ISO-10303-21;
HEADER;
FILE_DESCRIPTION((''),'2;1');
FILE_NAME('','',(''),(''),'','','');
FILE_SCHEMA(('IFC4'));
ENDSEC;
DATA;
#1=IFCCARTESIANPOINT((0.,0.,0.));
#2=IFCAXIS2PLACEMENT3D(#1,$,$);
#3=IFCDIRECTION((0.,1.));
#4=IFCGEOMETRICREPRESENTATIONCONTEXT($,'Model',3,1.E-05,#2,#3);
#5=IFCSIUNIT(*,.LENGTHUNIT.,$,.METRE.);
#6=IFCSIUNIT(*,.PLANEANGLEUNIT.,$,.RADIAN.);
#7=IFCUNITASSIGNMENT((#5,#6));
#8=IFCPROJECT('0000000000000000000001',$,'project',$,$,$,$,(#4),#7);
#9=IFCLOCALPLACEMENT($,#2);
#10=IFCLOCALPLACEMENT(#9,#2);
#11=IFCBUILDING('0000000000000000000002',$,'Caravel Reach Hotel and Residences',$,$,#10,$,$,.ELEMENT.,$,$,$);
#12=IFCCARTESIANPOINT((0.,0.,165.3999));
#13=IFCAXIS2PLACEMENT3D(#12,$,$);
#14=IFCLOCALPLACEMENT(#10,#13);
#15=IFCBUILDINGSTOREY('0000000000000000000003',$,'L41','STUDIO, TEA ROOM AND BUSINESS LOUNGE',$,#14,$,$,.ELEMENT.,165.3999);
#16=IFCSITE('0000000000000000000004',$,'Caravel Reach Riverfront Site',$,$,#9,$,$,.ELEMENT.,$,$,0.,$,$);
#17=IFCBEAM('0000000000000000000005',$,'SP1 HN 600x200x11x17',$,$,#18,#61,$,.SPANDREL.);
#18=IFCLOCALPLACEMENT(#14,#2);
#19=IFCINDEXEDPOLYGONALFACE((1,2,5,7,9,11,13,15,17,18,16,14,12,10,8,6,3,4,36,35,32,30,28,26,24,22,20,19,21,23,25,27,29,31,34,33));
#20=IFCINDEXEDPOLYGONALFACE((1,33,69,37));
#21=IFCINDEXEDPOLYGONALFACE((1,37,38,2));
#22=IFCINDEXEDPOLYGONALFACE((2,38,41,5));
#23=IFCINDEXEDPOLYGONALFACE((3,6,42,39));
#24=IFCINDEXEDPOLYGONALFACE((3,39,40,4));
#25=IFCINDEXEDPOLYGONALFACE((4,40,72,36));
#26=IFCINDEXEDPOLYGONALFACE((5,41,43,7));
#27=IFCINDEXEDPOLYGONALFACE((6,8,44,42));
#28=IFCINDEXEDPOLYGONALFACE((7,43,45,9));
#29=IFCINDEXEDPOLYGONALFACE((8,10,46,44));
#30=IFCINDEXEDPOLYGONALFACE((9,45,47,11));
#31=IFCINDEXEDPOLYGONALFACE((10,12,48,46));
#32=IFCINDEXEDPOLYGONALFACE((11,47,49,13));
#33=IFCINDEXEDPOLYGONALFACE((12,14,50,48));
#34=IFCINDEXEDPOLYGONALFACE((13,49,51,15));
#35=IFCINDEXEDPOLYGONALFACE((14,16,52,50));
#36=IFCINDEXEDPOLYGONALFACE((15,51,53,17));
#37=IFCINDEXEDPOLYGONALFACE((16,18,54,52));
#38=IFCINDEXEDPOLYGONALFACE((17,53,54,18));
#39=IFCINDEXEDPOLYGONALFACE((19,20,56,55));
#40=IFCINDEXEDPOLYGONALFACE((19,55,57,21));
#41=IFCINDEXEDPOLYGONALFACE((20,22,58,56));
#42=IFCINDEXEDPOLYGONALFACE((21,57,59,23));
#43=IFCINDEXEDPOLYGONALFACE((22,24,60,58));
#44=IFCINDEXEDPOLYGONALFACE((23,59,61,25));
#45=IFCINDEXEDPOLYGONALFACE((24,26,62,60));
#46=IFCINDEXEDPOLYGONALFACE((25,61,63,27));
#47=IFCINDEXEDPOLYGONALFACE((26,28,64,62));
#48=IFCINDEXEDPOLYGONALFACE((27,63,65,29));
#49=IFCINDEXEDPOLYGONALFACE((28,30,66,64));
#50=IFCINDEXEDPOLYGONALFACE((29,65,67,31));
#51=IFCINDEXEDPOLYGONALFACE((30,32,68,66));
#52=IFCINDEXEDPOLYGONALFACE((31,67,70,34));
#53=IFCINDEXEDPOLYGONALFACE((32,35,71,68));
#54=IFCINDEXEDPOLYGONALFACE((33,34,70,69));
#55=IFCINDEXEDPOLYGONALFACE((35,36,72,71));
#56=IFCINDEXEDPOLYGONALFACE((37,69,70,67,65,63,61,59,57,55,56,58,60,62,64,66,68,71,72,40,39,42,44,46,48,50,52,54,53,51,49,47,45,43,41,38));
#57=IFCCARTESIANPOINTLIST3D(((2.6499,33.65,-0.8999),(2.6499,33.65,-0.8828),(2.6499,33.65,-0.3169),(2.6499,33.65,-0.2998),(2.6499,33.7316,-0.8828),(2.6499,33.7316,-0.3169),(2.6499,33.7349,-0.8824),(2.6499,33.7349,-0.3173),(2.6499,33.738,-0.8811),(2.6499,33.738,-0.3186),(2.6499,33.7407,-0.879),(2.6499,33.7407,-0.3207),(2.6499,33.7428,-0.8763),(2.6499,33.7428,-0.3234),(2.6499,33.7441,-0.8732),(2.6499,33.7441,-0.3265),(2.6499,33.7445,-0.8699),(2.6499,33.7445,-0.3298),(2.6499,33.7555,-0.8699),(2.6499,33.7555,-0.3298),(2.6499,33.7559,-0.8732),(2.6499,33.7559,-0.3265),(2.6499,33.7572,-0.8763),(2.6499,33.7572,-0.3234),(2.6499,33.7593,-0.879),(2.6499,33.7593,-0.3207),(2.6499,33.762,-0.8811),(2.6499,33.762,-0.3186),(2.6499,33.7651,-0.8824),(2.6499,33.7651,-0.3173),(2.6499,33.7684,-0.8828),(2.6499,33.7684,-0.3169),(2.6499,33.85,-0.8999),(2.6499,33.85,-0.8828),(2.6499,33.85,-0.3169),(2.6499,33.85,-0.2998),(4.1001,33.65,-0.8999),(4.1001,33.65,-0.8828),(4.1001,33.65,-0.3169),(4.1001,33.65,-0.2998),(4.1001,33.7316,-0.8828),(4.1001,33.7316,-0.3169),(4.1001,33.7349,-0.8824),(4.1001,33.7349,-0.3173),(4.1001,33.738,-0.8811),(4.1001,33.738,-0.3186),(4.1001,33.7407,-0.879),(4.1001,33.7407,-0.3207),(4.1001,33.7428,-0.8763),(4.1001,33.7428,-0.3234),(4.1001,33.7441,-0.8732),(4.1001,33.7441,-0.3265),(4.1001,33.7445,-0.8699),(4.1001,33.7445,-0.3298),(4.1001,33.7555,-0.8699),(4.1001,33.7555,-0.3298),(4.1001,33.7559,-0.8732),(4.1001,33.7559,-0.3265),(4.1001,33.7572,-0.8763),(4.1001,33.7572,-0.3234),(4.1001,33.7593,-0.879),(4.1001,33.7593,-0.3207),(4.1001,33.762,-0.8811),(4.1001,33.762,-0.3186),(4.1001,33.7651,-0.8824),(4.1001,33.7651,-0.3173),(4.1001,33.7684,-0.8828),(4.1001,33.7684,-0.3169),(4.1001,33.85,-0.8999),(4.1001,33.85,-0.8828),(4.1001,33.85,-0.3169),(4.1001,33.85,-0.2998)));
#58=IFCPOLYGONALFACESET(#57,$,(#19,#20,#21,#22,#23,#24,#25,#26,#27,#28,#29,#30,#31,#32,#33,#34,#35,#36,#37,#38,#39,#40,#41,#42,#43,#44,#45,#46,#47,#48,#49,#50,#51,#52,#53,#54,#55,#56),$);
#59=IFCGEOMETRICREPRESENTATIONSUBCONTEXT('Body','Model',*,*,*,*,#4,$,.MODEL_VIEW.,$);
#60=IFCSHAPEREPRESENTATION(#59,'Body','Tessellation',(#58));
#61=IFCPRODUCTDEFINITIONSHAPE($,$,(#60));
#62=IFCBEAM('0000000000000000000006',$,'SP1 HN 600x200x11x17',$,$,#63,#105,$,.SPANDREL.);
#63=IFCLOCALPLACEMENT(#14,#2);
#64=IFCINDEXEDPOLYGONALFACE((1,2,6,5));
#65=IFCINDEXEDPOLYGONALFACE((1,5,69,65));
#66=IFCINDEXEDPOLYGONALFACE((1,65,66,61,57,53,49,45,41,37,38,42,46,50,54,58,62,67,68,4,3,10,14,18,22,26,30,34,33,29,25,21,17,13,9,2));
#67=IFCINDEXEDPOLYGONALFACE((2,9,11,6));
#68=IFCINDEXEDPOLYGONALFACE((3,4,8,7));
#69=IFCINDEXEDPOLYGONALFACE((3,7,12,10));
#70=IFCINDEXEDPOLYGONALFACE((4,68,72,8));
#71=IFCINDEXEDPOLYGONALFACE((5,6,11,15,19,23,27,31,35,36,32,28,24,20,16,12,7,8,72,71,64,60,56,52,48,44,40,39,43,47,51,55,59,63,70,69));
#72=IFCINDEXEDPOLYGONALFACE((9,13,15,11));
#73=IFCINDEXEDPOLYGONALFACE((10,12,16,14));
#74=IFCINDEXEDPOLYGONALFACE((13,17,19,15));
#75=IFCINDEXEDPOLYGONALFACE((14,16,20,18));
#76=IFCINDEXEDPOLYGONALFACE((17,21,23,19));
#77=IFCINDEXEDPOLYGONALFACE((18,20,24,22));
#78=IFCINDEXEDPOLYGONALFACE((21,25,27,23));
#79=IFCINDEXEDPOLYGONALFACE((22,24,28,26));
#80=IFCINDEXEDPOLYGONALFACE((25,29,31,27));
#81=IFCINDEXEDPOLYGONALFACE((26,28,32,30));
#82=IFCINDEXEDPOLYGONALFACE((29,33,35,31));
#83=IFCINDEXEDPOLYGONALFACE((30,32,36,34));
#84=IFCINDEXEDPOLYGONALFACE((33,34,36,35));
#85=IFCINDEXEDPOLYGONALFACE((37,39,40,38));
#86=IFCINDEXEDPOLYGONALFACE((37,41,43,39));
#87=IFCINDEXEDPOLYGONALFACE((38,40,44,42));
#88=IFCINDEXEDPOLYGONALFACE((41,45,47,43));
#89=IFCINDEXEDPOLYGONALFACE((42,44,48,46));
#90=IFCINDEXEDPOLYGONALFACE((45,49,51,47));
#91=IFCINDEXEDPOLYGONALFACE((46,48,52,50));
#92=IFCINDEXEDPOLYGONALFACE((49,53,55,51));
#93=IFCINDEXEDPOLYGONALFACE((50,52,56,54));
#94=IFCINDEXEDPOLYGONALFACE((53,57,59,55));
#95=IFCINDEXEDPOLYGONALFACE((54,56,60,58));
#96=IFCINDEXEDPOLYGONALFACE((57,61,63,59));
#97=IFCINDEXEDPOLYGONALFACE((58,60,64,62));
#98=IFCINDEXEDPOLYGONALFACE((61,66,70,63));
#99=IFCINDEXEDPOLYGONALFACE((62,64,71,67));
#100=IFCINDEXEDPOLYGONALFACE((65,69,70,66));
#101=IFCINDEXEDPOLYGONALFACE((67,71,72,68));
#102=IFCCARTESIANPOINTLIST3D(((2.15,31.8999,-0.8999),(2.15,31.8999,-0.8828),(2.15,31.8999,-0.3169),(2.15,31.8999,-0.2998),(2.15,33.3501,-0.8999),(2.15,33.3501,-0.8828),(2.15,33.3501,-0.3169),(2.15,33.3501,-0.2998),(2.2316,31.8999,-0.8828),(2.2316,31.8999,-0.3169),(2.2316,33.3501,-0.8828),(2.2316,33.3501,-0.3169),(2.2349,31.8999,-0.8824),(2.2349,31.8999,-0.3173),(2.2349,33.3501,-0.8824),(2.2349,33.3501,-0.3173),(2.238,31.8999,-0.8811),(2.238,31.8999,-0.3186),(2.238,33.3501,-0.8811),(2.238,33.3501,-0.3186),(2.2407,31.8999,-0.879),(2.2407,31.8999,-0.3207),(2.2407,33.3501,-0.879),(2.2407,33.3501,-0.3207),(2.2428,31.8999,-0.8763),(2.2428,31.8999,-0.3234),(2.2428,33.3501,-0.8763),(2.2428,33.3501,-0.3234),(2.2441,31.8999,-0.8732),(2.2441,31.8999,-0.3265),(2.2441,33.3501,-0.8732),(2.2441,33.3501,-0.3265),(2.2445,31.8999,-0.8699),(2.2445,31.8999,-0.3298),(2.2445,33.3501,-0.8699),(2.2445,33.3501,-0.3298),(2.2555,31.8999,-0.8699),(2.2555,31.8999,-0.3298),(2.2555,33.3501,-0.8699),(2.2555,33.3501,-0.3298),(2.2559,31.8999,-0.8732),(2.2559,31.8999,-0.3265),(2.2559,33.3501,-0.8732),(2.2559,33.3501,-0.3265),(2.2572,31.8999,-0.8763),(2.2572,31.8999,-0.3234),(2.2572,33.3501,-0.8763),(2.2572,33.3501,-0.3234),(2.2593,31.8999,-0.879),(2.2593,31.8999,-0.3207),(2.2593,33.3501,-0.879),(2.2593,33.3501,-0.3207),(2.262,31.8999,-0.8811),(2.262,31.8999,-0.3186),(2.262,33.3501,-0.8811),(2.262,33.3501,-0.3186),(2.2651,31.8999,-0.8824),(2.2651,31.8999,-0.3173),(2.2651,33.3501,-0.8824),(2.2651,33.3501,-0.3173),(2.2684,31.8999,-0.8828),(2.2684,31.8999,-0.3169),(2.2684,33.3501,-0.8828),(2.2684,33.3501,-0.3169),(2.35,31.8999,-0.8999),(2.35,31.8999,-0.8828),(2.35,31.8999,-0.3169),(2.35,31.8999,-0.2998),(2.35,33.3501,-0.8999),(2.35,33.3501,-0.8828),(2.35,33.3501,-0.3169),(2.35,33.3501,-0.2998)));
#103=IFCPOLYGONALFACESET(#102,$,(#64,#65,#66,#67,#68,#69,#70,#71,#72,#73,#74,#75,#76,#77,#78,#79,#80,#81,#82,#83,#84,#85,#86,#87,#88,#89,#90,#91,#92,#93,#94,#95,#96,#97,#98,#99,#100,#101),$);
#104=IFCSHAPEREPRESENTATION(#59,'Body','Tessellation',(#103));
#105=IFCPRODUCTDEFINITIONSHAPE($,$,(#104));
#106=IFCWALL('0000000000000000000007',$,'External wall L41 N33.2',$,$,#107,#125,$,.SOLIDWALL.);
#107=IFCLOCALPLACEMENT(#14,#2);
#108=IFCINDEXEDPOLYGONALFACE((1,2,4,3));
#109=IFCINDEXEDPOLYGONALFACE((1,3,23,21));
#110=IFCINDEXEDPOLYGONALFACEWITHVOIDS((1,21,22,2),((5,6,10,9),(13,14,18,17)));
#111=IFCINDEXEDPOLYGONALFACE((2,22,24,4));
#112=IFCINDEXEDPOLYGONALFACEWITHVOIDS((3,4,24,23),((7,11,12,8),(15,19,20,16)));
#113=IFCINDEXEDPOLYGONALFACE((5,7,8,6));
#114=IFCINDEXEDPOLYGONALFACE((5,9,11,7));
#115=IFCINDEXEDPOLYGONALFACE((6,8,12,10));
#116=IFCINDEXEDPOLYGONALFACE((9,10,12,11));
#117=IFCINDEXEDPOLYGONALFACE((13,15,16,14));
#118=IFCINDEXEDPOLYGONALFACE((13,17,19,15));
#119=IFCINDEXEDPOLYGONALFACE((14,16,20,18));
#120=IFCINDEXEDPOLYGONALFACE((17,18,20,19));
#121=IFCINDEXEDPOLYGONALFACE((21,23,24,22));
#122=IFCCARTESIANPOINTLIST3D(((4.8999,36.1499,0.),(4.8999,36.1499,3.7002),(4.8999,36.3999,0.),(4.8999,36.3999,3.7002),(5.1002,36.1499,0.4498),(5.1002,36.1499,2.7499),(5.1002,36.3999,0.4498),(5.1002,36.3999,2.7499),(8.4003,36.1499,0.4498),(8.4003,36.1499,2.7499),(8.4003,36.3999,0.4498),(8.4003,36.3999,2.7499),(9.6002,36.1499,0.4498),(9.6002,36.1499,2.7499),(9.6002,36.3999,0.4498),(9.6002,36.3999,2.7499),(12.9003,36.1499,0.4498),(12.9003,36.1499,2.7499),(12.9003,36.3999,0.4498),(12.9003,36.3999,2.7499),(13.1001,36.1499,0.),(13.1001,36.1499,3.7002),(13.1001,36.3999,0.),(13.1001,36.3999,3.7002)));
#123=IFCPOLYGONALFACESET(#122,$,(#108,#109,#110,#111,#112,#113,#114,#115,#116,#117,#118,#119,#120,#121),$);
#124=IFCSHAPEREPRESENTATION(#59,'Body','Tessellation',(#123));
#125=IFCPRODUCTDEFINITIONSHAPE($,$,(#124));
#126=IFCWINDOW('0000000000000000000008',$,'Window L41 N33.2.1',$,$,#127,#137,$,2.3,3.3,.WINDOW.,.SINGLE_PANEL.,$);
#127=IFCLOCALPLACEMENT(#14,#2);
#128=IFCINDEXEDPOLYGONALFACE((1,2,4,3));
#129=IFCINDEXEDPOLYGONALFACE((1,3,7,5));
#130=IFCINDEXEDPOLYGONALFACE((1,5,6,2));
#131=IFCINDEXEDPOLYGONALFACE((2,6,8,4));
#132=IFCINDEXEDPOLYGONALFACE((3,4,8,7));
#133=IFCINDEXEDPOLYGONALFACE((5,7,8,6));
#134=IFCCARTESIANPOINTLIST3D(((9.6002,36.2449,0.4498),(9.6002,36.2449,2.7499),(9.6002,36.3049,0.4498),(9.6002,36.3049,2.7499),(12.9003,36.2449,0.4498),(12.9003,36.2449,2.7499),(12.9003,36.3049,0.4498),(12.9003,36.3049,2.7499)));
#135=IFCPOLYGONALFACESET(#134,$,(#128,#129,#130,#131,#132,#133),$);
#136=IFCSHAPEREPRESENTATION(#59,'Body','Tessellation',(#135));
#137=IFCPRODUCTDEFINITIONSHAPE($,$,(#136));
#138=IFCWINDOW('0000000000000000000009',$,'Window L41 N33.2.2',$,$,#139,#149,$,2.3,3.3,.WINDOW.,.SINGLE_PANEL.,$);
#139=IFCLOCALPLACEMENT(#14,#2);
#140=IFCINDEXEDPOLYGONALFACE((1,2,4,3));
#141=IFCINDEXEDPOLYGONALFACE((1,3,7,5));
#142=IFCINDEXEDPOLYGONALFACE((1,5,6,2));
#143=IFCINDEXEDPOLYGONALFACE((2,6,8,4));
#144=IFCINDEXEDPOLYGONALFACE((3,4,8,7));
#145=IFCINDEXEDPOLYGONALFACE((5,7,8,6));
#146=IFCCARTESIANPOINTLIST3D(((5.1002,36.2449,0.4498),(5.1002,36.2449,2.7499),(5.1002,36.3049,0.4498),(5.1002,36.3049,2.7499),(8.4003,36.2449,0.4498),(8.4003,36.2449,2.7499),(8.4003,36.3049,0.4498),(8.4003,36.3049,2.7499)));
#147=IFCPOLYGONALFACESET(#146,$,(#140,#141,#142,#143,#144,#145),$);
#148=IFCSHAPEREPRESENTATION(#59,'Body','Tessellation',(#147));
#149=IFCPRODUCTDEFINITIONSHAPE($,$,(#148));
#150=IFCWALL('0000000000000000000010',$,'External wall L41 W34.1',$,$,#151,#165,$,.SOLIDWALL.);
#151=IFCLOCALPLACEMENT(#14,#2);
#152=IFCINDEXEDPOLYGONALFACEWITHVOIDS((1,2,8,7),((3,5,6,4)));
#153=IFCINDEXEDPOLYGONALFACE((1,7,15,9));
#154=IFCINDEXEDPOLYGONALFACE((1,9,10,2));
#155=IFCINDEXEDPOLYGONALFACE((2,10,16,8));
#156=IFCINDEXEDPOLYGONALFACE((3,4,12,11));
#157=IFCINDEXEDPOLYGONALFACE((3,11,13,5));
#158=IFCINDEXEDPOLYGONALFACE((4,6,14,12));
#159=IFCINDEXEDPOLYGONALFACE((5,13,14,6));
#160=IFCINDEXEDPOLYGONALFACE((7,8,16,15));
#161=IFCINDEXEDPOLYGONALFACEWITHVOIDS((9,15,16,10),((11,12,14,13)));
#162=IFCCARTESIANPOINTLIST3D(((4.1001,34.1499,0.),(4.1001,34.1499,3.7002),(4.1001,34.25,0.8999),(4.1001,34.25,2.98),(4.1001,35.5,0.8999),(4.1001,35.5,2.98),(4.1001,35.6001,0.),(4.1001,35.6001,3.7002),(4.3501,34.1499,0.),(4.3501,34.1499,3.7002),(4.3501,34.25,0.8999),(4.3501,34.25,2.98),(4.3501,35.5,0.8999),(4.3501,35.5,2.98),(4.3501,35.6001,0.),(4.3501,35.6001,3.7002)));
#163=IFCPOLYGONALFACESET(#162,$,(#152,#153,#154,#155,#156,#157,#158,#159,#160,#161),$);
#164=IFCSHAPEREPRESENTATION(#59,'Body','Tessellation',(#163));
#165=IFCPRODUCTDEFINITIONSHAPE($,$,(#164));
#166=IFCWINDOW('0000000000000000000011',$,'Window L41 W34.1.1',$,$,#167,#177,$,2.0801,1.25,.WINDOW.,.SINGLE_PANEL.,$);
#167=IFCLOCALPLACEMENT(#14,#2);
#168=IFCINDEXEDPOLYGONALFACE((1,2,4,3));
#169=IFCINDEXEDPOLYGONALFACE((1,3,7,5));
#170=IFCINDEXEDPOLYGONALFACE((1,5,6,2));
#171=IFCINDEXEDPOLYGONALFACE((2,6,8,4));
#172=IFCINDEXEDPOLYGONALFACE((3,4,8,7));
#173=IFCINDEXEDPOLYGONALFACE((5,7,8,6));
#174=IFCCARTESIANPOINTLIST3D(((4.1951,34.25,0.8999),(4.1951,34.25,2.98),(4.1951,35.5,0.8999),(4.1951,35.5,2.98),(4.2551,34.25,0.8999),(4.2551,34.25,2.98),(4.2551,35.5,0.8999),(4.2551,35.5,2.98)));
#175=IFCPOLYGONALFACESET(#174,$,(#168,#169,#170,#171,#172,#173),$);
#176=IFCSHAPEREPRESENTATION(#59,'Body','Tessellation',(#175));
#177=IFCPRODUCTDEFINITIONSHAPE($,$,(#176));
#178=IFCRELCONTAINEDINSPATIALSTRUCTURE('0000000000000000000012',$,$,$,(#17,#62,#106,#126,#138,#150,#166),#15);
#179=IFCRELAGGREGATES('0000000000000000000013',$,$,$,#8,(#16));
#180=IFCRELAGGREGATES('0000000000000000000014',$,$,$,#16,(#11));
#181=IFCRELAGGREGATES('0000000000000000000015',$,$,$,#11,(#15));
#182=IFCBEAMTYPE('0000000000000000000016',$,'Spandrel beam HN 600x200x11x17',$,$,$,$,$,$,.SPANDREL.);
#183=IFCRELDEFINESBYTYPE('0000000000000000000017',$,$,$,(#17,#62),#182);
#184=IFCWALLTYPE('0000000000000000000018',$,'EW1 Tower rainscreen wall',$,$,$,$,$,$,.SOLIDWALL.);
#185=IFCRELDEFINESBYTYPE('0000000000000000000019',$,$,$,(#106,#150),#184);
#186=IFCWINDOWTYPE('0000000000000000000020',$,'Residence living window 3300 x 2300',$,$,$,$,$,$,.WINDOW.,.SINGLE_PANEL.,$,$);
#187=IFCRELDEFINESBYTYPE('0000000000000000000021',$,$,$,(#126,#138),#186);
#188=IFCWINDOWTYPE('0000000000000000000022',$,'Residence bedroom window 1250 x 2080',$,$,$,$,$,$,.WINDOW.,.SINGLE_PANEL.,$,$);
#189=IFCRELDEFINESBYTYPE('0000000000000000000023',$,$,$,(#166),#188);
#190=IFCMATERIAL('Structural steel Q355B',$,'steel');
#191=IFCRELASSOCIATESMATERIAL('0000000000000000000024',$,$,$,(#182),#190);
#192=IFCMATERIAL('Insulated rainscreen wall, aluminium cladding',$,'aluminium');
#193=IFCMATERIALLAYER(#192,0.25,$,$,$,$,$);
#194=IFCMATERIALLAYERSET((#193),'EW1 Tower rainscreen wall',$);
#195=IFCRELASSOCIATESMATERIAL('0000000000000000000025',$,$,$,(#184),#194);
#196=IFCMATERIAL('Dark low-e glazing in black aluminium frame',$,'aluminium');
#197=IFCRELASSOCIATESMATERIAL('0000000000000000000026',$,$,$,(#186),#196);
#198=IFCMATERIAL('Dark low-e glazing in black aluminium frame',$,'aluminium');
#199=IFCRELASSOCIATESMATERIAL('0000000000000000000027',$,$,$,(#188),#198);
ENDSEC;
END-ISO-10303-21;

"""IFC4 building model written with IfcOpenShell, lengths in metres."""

from ifc_helpers import new_model, si_unit, direction, frame, frame_2d, origin, origin_2d, place, context, subcontext, project, spatial, rectangle, i_section, extrude, material, layer, layer_set, material_profile, profile_set, type_object, element, fill, save


model = new_model("IFC4")

# Units and contexts
model_context = context("Model", 3, precision=1e-05, world=origin(), true_north=direction((0.0, 1.0)))
body_context = subcontext(model_context, "Body", "Model", "MODEL_VIEW")
ifc_project = project(units=[si_unit("LENGTHUNIT", "METRE"), si_unit("PLANEANGLEUNIT", "RADIAN")], contexts=[model_context])

# Site, building, storey
site_placement = place(None, origin())
site = spatial("IfcSite", under=ifc_project, at=site_placement, Name="Caravel Reach Riverfront Site", CompositionType="ELEMENT", RefElevation=0.0)
building_placement = place(site_placement, origin())
building = spatial("IfcBuilding", under=site, at=building_placement, Name="Caravel Reach Hotel and Residences", CompositionType="ELEMENT")
storey_placement = place(building_placement, frame((0.0, 0.0, 165.3999)))
storey = spatial("IfcBuildingStorey", under=building, at=storey_placement, Name="L41", Description="STUDIO, TEA ROOM AND BUSINESS LOUNGE", CompositionType="ELEMENT", Elevation=165.3999)

# Beams
ifc_material_1 = material(Name="Structural steel Q355B", Category="steel")
ifc_material_profile_1 = material_profile(ifc_material_1, i_section(OverallWidth=0.2, OverallDepth=0.6001, WebThickness=0.011, FlangeThickness=0.0171, FilletRadius=0.0129, at=origin_2d()), Name="HN 600x200x11x17")
ifc_profile_set_1 = profile_set([ifc_material_profile_1], Name="Structural steel Q355B")
beam_type = type_object("IfcBeamType", Name="Spandrel beam HN 600x200x11x17", PredefinedType="SPANDREL", material=ifc_profile_set_1)
for number, where, z_axis, x_axis, name in (
    (1, (4.1001, 33.75, -0.5999), (-1.0, 0.0, 0.0), (0.0, -1.0, 0.0), "SP1 HN 600x200x11x17"),
    (2, (2.25, 33.3501, -0.5999), (0.0, -1.0, 0.0), (1.0, 0.0, 0.0), "SP1 HN 600x200x11x17"),
):
    element("IfcBeam", number, at=place(storey_placement, frame(where, z_axis=z_axis, x_axis=x_axis)), inside=storey, type_object=beam_type, Name=name, PredefinedType="SPANDREL", context=body_context, shape_type="SweptSolid", body=[
        extrude(i_section(OverallWidth=0.2, OverallDepth=0.6001, WebThickness=0.011, FlangeThickness=0.0171, FilletRadius=0.0129, at=origin_2d()), origin(), (0.0, 0.0, 1.0), 1.4502),
    ])

# Wall, openings, windows
ifc_material_2 = material(Name="Insulated rainscreen wall, aluminium cladding", Category="aluminium")
ifc_layer_1 = layer(ifc_material_2, 0.25)
ifc_layer_set_1 = layer_set([ifc_layer_1], Name="EW1 Tower rainscreen wall")
wall_type_1 = type_object("IfcWallType", Name="EW1 Tower rainscreen wall", PredefinedType="SOLIDWALL", material=ifc_layer_set_1)
wall_1_placement = place(storey_placement, frame((13.1001, 36.2749, 0.0), z_axis=(0.0, 0.0, 1.0), x_axis=(-1.0, 0.0, 0.0)))
wall_1 = element("IfcWall", 3, at=wall_1_placement, inside=storey, type_object=wall_type_1, Name="External wall L41 N33.2", PredefinedType="SOLIDWALL", context=body_context, shape_type="SweptSolid", body=[
    extrude(rectangle(XDim=8.2002, YDim=0.25, at=frame_2d((4.1001, 0.0))), origin(), (0.0, 0.0, 1.0), 3.7002),
])
opening_1_placement = place(wall_1_placement, frame((0.2, 0.0, 0.45)))
opening_1 = element("IfcOpeningElement", 4, at=opening_1_placement, cuts=wall_1, PredefinedType="OPENING", context=body_context, shape_type="SweptSolid", body=[
    extrude(rectangle(XDim=3.3, YDim=2.3, at=frame_2d((1.6499, 1.1499))), frame((0.0, 0.135, 0.0), z_axis=(0.0, -1.0, 0.0), x_axis=(1.0, 0.0, 0.0)), (0.0, 0.0, 1.0), 0.27),
])
opening_2_placement = place(wall_1_placement, frame((4.7, 0.0, 0.45)))
opening_2 = element("IfcOpeningElement", 5, at=opening_2_placement, cuts=wall_1, PredefinedType="OPENING", context=body_context, shape_type="SweptSolid", body=[
    extrude(rectangle(XDim=3.3, YDim=2.3, at=frame_2d((1.6499, 1.1499))), frame((0.0, 0.135, 0.0), z_axis=(0.0, -1.0, 0.0), x_axis=(1.0, 0.0, 0.0)), (0.0, 0.0, 1.0), 0.27),
])
ifc_material_3 = material(Name="Dark low-e glazing in black aluminium frame", Category="aluminium")
window_type_1 = type_object("IfcWindowType", Name="Residence living window 3300 x 2300", PartitioningType="SINGLE_PANEL", PredefinedType="WINDOW", material=ifc_material_3)
window_1_placement = place(opening_1_placement, origin())
window_1 = element("IfcWindow", 6, at=window_1_placement, inside=storey, type_object=window_type_1, Name="Window L41 N33.2.1", OverallHeight=2.3, OverallWidth=3.3, PartitioningType="SINGLE_PANEL", PredefinedType="WINDOW", context=body_context, shape_type="SweptSolid", body=[
    extrude(rectangle(XDim=3.3, YDim=2.3, at=frame_2d((1.6499, 1.1499))), frame((0.0, 0.03, 0.0), z_axis=(0.0, -1.0, 0.0), x_axis=(1.0, 0.0, 0.0)), (0.0, 0.0, 1.0), 0.0601),
])
fill(opening_1, window_1)
window_2_placement = place(opening_2_placement, origin())
window_2 = element("IfcWindow", 7, at=window_2_placement, inside=storey, type_object=window_type_1, Name="Window L41 N33.2.2", OverallHeight=2.3, OverallWidth=3.3, PartitioningType="SINGLE_PANEL", PredefinedType="WINDOW", context=body_context, shape_type="SweptSolid", body=[
    extrude(rectangle(XDim=3.3, YDim=2.3, at=frame_2d((1.6499, 1.1499))), frame((0.0, 0.03, 0.0), z_axis=(0.0, -1.0, 0.0), x_axis=(1.0, 0.0, 0.0)), (0.0, 0.0, 1.0), 0.0601),
])
fill(opening_2, window_2)

# Wall, opening, window
wall_2_placement = place(storey_placement, frame((4.2251, 35.6001, 0.0), z_axis=(0.0, 0.0, 1.0), x_axis=(0.0, -1.0, 0.0)))
wall_2 = element("IfcWall", 8, at=wall_2_placement, inside=storey, type_object=wall_type_1, Name="External wall L41 W34.1", PredefinedType="SOLIDWALL", context=body_context, shape_type="SweptSolid", body=[
    extrude(rectangle(XDim=1.4502, YDim=0.25, at=frame_2d((0.7251, 0.0))), origin(), (0.0, 0.0, 1.0), 3.7002),
])
opening_3_placement = place(wall_2_placement, frame((0.1001, 0.0, 0.8999)))
opening_3 = element("IfcOpeningElement", 9, at=opening_3_placement, cuts=wall_2, PredefinedType="OPENING", context=body_context, shape_type="SweptSolid", body=[
    extrude(rectangle(XDim=1.25, YDim=2.0801, at=frame_2d((0.625, 1.04))), frame((0.0, 0.135, 0.0), z_axis=(0.0, -1.0, 0.0), x_axis=(1.0, 0.0, 0.0)), (0.0, 0.0, 1.0), 0.27),
])
ifc_material_4 = material(Name="Dark low-e glazing in black aluminium frame", Category="aluminium")
window_type_2 = type_object("IfcWindowType", Name="Residence bedroom window 1250 x 2080", PartitioningType="SINGLE_PANEL", PredefinedType="WINDOW", material=ifc_material_4)
window_3_placement = place(opening_3_placement, origin())
window_3 = element("IfcWindow", 10, at=window_3_placement, inside=storey, type_object=window_type_2, Name="Window L41 W34.1.1", OverallHeight=2.0801, OverallWidth=1.25, PartitioningType="SINGLE_PANEL", PredefinedType="WINDOW", context=body_context, shape_type="SweptSolid", body=[
    extrude(rectangle(XDim=1.25, YDim=2.0801, at=frame_2d((0.625, 1.04))), frame((0.0, 0.03, 0.0), z_axis=(0.0, -1.0, 0.0), x_axis=(1.0, 0.0, 0.0)), (0.0, 0.0, 1.0), 0.0601),
])
fill(opening_3, window_3)

save(model, "model.ifc")
